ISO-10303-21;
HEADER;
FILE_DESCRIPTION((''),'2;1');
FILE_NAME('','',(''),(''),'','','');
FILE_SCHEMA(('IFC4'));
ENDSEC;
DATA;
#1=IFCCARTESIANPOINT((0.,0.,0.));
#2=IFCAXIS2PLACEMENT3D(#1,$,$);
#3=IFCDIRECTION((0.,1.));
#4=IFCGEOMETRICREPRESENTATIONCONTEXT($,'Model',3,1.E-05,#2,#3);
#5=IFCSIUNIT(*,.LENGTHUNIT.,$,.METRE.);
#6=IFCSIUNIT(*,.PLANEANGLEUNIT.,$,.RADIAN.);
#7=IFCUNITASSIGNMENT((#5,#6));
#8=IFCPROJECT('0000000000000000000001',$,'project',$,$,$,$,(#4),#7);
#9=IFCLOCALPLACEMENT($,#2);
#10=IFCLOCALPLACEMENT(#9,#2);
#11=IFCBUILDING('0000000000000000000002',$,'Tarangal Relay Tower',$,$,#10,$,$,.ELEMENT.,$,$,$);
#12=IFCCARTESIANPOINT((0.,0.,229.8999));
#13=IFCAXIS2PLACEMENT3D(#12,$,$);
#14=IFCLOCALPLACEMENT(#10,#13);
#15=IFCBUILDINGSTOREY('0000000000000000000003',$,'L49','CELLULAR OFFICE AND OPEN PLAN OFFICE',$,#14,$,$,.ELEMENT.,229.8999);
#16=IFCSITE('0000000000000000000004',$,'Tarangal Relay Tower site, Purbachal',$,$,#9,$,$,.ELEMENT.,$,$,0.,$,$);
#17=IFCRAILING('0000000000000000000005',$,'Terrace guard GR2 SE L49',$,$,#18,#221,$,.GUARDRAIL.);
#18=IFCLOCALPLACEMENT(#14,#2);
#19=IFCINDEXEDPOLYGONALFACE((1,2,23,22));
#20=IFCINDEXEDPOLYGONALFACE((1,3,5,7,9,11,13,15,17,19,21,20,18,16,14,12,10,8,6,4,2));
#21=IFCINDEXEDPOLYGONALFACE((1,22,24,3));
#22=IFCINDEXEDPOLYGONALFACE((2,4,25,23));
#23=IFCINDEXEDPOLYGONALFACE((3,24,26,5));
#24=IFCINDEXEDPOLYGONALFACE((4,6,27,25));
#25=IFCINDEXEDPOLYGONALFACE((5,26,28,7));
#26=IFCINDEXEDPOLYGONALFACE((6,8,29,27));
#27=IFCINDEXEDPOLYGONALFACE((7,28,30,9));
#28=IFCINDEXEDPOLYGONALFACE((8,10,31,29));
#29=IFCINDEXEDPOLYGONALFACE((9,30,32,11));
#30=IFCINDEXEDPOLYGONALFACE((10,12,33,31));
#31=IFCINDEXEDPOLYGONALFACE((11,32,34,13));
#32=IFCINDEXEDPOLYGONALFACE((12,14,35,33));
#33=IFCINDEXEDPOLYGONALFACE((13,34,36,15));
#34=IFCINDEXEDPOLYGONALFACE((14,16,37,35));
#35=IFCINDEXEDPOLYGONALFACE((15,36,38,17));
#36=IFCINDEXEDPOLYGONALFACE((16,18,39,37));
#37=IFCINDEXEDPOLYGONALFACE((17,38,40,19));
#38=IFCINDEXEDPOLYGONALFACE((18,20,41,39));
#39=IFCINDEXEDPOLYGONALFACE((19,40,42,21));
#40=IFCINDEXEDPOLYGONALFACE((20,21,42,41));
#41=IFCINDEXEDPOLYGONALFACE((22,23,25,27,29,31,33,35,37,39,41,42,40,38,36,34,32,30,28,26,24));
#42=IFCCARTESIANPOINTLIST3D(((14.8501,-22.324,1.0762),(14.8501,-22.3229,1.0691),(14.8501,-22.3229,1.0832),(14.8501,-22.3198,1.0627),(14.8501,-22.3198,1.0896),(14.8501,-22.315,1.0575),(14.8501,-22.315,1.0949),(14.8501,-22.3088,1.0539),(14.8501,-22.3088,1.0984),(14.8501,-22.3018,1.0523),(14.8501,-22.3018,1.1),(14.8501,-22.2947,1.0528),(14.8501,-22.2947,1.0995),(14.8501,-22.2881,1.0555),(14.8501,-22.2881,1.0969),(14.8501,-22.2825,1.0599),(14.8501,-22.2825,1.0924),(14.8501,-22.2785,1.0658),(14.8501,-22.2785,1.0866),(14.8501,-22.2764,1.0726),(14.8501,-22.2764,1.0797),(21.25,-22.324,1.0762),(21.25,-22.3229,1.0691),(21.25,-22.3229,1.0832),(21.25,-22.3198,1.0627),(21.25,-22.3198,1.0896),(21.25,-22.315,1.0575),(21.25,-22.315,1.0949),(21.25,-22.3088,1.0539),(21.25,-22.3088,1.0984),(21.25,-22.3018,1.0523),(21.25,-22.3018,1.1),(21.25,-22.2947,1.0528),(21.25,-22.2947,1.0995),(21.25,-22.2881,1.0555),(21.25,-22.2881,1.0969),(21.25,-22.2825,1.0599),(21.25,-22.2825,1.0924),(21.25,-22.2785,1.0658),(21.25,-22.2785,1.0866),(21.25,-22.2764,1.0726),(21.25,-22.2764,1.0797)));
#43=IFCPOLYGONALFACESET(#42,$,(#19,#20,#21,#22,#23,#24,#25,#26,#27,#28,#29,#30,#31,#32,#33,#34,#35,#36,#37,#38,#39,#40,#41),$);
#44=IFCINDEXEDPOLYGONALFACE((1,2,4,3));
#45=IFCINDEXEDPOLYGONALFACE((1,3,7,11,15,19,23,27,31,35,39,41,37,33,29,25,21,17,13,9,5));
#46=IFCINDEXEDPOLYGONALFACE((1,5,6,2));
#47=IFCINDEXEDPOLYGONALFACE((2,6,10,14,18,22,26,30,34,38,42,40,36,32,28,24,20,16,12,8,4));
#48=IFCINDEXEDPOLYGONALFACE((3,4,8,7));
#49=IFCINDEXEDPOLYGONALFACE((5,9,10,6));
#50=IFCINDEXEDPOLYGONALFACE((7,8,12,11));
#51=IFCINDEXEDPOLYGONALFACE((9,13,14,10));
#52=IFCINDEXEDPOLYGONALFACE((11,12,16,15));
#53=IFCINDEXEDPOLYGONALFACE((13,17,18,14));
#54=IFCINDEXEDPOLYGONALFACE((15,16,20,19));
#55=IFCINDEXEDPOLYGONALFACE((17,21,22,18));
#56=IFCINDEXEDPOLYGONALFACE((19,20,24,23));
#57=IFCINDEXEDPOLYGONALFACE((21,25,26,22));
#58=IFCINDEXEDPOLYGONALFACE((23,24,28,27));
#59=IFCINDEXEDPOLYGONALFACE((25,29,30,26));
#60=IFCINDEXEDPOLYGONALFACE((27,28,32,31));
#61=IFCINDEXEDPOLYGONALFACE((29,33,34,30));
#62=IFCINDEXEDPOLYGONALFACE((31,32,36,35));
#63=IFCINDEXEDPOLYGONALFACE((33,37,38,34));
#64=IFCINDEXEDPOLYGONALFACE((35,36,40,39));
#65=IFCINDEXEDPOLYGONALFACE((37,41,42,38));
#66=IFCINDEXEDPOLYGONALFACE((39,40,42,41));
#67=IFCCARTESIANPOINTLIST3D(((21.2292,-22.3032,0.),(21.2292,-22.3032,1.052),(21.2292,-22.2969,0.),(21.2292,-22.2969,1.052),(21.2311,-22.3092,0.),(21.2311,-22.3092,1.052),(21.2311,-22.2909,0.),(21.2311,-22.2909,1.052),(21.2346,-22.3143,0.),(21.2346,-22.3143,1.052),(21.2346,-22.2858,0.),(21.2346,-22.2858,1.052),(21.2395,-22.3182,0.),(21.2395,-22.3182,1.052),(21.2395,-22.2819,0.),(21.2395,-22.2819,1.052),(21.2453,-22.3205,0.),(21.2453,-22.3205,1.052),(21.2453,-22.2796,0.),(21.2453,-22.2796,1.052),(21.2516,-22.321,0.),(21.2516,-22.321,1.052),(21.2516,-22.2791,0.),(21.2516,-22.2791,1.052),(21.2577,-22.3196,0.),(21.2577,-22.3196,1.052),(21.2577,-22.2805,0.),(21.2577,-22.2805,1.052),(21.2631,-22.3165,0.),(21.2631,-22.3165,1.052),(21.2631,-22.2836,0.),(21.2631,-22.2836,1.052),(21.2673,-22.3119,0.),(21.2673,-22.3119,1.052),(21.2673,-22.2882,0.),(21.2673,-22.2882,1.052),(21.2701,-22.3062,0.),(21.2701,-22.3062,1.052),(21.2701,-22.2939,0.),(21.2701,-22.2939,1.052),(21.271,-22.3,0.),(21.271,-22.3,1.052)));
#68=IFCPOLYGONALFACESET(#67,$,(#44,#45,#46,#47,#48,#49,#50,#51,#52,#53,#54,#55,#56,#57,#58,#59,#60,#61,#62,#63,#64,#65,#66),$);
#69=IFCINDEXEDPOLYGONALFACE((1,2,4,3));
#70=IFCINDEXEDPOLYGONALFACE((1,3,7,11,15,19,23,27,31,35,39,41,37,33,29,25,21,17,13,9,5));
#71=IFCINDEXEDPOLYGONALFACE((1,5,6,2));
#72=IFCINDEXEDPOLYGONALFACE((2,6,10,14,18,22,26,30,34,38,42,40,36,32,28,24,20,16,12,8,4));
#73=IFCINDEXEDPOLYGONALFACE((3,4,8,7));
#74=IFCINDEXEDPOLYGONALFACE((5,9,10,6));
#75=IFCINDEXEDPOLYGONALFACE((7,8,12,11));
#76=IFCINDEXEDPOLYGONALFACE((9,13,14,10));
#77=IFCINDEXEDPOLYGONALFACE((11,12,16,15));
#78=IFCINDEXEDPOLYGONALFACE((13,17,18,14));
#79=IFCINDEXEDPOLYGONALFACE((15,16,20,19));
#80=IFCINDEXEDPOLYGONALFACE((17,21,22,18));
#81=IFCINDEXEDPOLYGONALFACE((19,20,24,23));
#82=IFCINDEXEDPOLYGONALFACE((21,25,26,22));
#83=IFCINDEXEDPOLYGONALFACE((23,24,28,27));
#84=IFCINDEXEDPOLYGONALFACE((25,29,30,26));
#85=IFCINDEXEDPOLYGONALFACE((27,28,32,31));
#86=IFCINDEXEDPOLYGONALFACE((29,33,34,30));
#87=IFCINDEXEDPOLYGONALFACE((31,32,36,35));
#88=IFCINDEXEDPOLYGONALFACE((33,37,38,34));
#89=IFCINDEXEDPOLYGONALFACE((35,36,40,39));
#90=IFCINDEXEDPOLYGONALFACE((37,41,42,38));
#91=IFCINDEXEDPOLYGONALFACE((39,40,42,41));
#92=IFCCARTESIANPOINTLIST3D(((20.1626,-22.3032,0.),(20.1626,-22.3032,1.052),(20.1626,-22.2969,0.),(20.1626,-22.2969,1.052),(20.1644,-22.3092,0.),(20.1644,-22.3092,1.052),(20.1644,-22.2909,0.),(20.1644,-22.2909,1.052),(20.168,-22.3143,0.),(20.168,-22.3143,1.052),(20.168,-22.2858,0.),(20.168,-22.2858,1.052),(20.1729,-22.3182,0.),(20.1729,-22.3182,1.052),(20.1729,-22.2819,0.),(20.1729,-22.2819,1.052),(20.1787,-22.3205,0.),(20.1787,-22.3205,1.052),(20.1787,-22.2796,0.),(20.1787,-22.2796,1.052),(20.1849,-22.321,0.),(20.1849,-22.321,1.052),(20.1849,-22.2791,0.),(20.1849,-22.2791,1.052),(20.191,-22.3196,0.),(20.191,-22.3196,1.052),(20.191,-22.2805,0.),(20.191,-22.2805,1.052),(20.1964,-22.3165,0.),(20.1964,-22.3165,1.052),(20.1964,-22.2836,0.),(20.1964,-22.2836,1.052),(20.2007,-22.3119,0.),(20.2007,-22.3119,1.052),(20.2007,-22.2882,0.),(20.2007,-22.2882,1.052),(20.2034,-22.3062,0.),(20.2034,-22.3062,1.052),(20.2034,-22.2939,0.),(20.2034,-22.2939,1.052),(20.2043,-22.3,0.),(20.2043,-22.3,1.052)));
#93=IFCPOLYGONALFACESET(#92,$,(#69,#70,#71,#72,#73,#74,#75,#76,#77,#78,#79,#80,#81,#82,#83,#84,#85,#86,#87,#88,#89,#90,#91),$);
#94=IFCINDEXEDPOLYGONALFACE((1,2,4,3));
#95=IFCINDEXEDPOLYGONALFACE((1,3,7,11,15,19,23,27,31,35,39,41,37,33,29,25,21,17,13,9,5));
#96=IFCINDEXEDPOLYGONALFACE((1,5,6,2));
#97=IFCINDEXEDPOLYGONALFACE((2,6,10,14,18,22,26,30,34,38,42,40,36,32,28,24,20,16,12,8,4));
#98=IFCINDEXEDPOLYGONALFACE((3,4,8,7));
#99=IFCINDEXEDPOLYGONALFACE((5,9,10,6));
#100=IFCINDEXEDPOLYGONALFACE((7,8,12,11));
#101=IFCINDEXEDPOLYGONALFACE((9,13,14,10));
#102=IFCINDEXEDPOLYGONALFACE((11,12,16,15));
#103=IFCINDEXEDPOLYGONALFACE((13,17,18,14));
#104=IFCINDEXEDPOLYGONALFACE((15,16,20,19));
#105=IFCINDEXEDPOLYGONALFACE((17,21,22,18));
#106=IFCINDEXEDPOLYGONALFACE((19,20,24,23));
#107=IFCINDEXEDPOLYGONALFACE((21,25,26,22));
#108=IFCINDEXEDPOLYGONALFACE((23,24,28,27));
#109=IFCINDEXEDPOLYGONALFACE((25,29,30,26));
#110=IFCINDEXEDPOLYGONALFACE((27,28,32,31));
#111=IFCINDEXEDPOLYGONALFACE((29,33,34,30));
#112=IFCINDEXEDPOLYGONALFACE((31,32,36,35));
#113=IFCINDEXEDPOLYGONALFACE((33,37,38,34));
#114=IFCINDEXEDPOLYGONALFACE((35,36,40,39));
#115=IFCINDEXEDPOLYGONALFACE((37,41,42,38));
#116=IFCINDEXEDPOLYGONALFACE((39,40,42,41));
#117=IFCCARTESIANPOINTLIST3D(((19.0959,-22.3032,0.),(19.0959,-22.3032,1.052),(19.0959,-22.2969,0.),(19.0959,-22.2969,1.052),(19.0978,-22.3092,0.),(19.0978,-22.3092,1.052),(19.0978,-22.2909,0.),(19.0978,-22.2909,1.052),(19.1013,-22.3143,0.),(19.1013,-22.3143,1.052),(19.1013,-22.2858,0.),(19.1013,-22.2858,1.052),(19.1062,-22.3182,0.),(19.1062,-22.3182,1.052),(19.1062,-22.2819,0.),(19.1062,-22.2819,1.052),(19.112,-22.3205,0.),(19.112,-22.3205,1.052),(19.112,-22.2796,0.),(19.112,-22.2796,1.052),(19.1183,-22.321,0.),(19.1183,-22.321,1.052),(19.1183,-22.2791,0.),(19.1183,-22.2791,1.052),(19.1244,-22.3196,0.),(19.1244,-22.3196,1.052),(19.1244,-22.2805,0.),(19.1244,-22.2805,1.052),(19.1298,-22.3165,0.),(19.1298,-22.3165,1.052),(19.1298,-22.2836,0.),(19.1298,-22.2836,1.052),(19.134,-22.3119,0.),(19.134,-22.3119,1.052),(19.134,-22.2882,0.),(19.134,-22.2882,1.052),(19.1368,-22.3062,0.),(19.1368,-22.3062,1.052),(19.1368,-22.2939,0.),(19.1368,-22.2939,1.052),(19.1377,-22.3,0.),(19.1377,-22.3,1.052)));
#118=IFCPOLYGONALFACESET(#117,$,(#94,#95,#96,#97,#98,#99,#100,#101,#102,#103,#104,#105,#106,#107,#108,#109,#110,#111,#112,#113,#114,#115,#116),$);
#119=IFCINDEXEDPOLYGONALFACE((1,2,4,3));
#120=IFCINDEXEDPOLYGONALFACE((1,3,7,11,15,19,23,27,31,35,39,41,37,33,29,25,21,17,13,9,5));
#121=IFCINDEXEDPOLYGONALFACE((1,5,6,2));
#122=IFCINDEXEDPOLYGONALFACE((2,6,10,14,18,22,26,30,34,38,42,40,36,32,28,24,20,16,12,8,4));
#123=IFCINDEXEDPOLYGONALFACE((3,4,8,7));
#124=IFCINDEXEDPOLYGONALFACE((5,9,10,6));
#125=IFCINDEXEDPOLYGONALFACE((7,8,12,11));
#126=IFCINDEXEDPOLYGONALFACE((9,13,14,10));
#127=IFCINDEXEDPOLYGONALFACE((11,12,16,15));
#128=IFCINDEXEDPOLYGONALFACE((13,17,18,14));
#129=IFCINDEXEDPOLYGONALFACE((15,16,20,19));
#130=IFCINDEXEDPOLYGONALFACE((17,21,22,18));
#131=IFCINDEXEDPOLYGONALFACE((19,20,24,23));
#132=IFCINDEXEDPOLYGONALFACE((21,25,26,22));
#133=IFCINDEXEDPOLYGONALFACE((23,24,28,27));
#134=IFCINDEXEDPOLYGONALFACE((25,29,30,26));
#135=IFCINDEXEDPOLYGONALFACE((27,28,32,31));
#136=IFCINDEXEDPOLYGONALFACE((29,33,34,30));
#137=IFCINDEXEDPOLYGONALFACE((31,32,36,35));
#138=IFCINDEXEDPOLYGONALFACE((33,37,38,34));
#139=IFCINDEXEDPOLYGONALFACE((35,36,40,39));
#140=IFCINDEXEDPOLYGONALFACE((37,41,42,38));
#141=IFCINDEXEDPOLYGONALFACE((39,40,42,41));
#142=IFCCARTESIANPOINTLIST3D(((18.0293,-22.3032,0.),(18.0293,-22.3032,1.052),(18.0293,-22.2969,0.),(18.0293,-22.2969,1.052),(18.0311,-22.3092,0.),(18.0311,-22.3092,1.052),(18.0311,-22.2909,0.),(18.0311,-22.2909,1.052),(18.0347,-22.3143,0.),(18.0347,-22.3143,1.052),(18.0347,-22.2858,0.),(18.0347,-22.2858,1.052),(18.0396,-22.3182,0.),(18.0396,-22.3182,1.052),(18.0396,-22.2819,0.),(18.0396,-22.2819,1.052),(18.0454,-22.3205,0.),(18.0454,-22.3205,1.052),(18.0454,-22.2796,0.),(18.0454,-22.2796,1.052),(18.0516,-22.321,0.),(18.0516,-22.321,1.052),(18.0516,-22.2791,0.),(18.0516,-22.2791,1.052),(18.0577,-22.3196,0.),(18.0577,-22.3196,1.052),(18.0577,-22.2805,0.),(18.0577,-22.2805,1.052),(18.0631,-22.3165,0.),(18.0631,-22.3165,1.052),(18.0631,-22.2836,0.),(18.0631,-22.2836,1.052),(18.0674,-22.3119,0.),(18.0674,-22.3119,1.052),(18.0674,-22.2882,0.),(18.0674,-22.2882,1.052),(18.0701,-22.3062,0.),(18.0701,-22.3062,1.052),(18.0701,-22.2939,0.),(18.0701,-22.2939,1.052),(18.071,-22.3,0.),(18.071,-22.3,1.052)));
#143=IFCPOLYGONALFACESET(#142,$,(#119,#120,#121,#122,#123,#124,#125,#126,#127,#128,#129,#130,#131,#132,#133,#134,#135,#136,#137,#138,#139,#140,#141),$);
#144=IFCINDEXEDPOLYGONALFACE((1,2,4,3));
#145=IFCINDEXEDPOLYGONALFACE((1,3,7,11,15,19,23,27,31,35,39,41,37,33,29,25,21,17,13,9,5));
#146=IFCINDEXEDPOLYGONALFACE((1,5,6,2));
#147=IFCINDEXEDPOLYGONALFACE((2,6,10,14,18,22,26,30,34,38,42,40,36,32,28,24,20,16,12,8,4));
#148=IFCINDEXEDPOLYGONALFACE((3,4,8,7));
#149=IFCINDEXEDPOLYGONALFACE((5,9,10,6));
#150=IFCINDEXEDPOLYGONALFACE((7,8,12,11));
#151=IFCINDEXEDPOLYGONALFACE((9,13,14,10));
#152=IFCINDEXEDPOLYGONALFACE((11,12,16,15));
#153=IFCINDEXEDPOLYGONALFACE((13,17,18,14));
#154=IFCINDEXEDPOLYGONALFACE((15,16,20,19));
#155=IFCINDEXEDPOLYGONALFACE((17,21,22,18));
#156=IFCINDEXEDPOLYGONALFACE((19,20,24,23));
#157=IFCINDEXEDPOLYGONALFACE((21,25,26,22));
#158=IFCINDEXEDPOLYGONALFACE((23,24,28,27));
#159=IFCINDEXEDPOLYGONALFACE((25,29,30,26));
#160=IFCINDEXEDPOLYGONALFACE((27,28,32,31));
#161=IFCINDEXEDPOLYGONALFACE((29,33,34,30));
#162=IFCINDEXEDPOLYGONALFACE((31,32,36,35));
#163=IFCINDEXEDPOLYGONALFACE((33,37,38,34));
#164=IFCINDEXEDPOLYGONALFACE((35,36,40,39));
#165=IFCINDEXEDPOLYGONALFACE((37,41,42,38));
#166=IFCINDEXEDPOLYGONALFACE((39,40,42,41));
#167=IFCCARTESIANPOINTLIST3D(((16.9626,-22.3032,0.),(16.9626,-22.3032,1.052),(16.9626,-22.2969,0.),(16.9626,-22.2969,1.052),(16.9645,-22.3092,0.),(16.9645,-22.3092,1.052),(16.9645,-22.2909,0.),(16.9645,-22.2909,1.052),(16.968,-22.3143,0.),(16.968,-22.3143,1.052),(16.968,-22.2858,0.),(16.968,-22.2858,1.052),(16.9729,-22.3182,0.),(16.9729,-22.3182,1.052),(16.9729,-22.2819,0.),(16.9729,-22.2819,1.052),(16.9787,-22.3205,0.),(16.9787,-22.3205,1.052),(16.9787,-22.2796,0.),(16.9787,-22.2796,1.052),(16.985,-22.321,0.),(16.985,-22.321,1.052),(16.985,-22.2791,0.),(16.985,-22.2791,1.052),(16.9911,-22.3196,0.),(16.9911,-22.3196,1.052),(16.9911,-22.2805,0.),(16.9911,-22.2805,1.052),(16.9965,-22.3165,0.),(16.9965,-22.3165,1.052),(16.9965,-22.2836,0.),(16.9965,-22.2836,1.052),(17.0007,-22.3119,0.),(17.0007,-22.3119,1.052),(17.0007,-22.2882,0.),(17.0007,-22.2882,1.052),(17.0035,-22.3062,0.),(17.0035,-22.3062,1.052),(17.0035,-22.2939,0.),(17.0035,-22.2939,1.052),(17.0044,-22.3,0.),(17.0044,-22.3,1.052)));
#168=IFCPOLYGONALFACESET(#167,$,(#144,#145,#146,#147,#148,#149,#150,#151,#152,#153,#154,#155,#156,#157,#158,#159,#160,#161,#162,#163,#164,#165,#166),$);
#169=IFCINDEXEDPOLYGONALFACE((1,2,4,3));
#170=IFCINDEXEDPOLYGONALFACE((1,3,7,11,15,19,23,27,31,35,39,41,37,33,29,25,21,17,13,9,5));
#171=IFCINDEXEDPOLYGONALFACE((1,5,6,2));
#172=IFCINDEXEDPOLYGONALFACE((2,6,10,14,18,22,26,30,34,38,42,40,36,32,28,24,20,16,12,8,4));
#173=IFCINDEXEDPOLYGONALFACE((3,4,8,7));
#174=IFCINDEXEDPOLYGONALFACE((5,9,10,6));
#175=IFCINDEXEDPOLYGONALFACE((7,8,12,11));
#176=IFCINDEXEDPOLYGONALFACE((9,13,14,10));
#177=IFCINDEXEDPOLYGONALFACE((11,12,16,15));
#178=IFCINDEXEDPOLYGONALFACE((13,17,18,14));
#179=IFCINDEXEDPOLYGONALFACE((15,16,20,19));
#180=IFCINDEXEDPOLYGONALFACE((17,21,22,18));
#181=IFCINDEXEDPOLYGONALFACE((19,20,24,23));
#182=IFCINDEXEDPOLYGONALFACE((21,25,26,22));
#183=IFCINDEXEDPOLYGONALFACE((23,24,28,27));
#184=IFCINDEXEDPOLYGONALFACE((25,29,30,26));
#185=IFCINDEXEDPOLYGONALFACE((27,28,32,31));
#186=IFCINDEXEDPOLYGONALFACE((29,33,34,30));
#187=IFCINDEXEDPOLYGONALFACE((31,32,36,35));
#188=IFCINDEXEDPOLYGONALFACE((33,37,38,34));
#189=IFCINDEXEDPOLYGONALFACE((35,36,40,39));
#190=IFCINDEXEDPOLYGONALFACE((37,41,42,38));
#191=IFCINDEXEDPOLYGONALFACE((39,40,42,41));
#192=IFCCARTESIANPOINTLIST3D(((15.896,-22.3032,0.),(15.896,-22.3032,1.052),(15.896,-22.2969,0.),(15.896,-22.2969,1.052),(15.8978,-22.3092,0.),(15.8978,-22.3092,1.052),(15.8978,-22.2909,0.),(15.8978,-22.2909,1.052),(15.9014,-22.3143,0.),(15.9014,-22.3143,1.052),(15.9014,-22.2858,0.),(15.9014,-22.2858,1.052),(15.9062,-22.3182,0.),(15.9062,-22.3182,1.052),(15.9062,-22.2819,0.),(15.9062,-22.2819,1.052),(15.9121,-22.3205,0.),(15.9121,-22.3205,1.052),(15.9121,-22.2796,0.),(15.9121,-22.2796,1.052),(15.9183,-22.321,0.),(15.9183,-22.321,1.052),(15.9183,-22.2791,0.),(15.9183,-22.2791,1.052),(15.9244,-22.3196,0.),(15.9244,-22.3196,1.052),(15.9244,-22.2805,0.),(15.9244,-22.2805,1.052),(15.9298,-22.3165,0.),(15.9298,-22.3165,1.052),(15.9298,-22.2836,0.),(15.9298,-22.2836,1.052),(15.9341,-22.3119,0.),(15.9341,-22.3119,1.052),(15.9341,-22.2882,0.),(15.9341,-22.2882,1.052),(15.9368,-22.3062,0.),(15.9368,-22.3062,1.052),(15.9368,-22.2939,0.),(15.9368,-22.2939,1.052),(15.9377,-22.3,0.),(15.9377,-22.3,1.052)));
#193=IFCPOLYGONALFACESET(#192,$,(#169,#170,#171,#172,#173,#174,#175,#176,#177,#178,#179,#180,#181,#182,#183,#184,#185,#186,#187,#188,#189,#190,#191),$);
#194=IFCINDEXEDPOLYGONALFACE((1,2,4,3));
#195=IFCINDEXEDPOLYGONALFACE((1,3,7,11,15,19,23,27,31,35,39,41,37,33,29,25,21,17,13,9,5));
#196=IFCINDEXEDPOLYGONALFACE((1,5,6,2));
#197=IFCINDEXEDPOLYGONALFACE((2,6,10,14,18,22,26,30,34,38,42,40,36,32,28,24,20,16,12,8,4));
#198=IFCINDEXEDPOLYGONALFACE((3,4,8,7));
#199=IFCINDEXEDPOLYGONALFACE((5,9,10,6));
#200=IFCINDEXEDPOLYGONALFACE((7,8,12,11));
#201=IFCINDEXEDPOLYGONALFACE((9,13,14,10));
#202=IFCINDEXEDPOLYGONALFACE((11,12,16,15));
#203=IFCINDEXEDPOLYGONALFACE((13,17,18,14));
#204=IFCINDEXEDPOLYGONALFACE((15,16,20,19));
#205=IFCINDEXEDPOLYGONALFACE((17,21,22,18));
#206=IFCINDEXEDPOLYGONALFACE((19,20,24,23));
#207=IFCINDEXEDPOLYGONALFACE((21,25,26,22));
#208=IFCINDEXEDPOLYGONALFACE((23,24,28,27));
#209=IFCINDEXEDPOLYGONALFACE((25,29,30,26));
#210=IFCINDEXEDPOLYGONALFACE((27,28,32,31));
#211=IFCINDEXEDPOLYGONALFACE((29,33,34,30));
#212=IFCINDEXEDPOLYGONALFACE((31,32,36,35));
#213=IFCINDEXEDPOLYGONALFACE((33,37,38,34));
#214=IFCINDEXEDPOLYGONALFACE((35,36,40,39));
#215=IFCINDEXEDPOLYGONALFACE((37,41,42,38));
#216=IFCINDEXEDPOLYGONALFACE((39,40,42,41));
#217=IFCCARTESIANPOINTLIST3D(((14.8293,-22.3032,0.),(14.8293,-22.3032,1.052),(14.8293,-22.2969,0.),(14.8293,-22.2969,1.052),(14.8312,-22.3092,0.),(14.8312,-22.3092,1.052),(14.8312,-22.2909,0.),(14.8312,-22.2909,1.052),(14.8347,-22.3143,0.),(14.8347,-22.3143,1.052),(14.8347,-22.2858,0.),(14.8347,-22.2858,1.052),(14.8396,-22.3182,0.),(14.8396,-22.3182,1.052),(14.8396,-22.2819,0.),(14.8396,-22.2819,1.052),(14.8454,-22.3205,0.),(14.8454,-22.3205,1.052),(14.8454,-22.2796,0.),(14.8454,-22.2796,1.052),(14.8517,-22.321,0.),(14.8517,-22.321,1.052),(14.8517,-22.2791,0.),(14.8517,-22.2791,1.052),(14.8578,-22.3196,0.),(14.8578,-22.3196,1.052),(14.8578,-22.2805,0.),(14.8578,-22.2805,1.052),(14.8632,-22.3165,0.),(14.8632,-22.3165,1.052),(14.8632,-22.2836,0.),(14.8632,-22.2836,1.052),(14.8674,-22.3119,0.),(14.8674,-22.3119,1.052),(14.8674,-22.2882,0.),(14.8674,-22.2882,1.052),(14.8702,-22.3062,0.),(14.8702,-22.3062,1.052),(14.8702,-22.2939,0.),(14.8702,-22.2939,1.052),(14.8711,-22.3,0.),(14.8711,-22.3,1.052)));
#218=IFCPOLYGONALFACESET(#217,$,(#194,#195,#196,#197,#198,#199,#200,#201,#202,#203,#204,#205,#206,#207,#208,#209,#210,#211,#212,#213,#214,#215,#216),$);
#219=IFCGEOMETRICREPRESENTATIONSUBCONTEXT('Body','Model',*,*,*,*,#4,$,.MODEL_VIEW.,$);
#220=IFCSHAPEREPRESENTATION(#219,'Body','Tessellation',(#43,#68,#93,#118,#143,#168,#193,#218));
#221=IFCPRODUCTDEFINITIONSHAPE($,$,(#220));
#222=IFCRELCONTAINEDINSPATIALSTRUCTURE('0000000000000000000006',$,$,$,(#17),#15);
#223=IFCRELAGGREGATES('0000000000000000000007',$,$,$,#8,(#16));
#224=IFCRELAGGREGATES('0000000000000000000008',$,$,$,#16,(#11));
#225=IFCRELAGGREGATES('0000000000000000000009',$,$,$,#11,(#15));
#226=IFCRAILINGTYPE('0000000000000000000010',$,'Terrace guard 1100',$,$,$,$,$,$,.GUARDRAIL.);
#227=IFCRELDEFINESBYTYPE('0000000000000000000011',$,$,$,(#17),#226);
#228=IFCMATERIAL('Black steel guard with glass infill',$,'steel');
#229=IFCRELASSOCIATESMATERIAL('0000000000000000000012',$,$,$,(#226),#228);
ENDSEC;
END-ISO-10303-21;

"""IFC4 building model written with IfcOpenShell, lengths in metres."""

from ifc_helpers import new_model, si_unit, direction, frame, origin, origin_2d, place, context, subcontext, project, spatial, circle, extrude, material, type_object, element, save


model = new_model("IFC4")

# Units and contexts
model_context = context("Model", 3, precision=1e-05, world=origin(), true_north=direction((0.0, 1.0)))
body_context = subcontext(model_context, "Body", "Model", "MODEL_VIEW")
ifc_project = project(units=[si_unit("LENGTHUNIT", "METRE"), si_unit("PLANEANGLEUNIT", "RADIAN")], contexts=[model_context])

# Site, building, storey
site_placement = place(None, origin())
site = spatial("IfcSite", under=ifc_project, at=site_placement, Name="Tarangal Relay Tower site, Purbachal", CompositionType="ELEMENT", RefElevation=0.0)
building_placement = place(site_placement, origin())
building = spatial("IfcBuilding", under=site, at=building_placement, Name="Tarangal Relay Tower", CompositionType="ELEMENT")
storey_placement = place(building_placement, frame((0.0, 0.0, 229.8999)))
storey = spatial("IfcBuildingStorey", under=building, at=storey_placement, Name="L49", Description="CELLULAR OFFICE AND OPEN PLAN OFFICE", CompositionType="ELEMENT", Elevation=229.8999)

# Railing
ifc_material_1 = material(Name="Black steel guard with glass infill", Category="steel")
railing_type = type_object("IfcRailingType", Name="Terrace guard 1100", PredefinedType="GUARDRAIL", material=ifc_material_1)
railing_1_placement = place(storey_placement, frame((21.25, -22.3, 0.0)))
element("IfcRailing", 1, at=railing_1_placement, inside=storey, type_object=railing_type, Name="Terrace guard GR2 SE L49", PredefinedType="GUARDRAIL", context=body_context, shape_type="SweptSolid", body=[
    extrude(circle(Radius=0.0239, at=origin_2d()), frame((0.0, 0.0, 1.0762), z_axis=(-1.0, 0.0, 0.0), x_axis=(0.0, -1.0, 0.0)), (0.0, 0.0, 1.0), 6.3999),
    extrude(circle(Radius=0.021, at=origin_2d()), origin(), (0.0, 0.0, 1.0), 1.052),
    extrude(circle(Radius=0.021, at=origin_2d()), frame((-1.0667, 0.0, 0.0)), (0.0, 0.0, 1.0), 1.052),
    extrude(circle(Radius=0.021, at=origin_2d()), frame((-2.1333, 0.0, 0.0)), (0.0, 0.0, 1.0), 1.052),
    extrude(circle(Radius=0.021, at=origin_2d()), frame((-3.2, 0.0, 0.0)), (0.0, 0.0, 1.0), 1.052),
    extrude(circle(Radius=0.021, at=origin_2d()), frame((-4.2666, 0.0, 0.0)), (0.0, 0.0, 1.0), 1.052),
    extrude(circle(Radius=0.021, at=origin_2d()), frame((-5.3333, 0.0, 0.0)), (0.0, 0.0, 1.0), 1.052),
    extrude(circle(Radius=0.021, at=origin_2d()), frame((-6.3999, 0.0, 0.0)), (0.0, 0.0, 1.0), 1.052),
])

save(model, "model.ifc")
